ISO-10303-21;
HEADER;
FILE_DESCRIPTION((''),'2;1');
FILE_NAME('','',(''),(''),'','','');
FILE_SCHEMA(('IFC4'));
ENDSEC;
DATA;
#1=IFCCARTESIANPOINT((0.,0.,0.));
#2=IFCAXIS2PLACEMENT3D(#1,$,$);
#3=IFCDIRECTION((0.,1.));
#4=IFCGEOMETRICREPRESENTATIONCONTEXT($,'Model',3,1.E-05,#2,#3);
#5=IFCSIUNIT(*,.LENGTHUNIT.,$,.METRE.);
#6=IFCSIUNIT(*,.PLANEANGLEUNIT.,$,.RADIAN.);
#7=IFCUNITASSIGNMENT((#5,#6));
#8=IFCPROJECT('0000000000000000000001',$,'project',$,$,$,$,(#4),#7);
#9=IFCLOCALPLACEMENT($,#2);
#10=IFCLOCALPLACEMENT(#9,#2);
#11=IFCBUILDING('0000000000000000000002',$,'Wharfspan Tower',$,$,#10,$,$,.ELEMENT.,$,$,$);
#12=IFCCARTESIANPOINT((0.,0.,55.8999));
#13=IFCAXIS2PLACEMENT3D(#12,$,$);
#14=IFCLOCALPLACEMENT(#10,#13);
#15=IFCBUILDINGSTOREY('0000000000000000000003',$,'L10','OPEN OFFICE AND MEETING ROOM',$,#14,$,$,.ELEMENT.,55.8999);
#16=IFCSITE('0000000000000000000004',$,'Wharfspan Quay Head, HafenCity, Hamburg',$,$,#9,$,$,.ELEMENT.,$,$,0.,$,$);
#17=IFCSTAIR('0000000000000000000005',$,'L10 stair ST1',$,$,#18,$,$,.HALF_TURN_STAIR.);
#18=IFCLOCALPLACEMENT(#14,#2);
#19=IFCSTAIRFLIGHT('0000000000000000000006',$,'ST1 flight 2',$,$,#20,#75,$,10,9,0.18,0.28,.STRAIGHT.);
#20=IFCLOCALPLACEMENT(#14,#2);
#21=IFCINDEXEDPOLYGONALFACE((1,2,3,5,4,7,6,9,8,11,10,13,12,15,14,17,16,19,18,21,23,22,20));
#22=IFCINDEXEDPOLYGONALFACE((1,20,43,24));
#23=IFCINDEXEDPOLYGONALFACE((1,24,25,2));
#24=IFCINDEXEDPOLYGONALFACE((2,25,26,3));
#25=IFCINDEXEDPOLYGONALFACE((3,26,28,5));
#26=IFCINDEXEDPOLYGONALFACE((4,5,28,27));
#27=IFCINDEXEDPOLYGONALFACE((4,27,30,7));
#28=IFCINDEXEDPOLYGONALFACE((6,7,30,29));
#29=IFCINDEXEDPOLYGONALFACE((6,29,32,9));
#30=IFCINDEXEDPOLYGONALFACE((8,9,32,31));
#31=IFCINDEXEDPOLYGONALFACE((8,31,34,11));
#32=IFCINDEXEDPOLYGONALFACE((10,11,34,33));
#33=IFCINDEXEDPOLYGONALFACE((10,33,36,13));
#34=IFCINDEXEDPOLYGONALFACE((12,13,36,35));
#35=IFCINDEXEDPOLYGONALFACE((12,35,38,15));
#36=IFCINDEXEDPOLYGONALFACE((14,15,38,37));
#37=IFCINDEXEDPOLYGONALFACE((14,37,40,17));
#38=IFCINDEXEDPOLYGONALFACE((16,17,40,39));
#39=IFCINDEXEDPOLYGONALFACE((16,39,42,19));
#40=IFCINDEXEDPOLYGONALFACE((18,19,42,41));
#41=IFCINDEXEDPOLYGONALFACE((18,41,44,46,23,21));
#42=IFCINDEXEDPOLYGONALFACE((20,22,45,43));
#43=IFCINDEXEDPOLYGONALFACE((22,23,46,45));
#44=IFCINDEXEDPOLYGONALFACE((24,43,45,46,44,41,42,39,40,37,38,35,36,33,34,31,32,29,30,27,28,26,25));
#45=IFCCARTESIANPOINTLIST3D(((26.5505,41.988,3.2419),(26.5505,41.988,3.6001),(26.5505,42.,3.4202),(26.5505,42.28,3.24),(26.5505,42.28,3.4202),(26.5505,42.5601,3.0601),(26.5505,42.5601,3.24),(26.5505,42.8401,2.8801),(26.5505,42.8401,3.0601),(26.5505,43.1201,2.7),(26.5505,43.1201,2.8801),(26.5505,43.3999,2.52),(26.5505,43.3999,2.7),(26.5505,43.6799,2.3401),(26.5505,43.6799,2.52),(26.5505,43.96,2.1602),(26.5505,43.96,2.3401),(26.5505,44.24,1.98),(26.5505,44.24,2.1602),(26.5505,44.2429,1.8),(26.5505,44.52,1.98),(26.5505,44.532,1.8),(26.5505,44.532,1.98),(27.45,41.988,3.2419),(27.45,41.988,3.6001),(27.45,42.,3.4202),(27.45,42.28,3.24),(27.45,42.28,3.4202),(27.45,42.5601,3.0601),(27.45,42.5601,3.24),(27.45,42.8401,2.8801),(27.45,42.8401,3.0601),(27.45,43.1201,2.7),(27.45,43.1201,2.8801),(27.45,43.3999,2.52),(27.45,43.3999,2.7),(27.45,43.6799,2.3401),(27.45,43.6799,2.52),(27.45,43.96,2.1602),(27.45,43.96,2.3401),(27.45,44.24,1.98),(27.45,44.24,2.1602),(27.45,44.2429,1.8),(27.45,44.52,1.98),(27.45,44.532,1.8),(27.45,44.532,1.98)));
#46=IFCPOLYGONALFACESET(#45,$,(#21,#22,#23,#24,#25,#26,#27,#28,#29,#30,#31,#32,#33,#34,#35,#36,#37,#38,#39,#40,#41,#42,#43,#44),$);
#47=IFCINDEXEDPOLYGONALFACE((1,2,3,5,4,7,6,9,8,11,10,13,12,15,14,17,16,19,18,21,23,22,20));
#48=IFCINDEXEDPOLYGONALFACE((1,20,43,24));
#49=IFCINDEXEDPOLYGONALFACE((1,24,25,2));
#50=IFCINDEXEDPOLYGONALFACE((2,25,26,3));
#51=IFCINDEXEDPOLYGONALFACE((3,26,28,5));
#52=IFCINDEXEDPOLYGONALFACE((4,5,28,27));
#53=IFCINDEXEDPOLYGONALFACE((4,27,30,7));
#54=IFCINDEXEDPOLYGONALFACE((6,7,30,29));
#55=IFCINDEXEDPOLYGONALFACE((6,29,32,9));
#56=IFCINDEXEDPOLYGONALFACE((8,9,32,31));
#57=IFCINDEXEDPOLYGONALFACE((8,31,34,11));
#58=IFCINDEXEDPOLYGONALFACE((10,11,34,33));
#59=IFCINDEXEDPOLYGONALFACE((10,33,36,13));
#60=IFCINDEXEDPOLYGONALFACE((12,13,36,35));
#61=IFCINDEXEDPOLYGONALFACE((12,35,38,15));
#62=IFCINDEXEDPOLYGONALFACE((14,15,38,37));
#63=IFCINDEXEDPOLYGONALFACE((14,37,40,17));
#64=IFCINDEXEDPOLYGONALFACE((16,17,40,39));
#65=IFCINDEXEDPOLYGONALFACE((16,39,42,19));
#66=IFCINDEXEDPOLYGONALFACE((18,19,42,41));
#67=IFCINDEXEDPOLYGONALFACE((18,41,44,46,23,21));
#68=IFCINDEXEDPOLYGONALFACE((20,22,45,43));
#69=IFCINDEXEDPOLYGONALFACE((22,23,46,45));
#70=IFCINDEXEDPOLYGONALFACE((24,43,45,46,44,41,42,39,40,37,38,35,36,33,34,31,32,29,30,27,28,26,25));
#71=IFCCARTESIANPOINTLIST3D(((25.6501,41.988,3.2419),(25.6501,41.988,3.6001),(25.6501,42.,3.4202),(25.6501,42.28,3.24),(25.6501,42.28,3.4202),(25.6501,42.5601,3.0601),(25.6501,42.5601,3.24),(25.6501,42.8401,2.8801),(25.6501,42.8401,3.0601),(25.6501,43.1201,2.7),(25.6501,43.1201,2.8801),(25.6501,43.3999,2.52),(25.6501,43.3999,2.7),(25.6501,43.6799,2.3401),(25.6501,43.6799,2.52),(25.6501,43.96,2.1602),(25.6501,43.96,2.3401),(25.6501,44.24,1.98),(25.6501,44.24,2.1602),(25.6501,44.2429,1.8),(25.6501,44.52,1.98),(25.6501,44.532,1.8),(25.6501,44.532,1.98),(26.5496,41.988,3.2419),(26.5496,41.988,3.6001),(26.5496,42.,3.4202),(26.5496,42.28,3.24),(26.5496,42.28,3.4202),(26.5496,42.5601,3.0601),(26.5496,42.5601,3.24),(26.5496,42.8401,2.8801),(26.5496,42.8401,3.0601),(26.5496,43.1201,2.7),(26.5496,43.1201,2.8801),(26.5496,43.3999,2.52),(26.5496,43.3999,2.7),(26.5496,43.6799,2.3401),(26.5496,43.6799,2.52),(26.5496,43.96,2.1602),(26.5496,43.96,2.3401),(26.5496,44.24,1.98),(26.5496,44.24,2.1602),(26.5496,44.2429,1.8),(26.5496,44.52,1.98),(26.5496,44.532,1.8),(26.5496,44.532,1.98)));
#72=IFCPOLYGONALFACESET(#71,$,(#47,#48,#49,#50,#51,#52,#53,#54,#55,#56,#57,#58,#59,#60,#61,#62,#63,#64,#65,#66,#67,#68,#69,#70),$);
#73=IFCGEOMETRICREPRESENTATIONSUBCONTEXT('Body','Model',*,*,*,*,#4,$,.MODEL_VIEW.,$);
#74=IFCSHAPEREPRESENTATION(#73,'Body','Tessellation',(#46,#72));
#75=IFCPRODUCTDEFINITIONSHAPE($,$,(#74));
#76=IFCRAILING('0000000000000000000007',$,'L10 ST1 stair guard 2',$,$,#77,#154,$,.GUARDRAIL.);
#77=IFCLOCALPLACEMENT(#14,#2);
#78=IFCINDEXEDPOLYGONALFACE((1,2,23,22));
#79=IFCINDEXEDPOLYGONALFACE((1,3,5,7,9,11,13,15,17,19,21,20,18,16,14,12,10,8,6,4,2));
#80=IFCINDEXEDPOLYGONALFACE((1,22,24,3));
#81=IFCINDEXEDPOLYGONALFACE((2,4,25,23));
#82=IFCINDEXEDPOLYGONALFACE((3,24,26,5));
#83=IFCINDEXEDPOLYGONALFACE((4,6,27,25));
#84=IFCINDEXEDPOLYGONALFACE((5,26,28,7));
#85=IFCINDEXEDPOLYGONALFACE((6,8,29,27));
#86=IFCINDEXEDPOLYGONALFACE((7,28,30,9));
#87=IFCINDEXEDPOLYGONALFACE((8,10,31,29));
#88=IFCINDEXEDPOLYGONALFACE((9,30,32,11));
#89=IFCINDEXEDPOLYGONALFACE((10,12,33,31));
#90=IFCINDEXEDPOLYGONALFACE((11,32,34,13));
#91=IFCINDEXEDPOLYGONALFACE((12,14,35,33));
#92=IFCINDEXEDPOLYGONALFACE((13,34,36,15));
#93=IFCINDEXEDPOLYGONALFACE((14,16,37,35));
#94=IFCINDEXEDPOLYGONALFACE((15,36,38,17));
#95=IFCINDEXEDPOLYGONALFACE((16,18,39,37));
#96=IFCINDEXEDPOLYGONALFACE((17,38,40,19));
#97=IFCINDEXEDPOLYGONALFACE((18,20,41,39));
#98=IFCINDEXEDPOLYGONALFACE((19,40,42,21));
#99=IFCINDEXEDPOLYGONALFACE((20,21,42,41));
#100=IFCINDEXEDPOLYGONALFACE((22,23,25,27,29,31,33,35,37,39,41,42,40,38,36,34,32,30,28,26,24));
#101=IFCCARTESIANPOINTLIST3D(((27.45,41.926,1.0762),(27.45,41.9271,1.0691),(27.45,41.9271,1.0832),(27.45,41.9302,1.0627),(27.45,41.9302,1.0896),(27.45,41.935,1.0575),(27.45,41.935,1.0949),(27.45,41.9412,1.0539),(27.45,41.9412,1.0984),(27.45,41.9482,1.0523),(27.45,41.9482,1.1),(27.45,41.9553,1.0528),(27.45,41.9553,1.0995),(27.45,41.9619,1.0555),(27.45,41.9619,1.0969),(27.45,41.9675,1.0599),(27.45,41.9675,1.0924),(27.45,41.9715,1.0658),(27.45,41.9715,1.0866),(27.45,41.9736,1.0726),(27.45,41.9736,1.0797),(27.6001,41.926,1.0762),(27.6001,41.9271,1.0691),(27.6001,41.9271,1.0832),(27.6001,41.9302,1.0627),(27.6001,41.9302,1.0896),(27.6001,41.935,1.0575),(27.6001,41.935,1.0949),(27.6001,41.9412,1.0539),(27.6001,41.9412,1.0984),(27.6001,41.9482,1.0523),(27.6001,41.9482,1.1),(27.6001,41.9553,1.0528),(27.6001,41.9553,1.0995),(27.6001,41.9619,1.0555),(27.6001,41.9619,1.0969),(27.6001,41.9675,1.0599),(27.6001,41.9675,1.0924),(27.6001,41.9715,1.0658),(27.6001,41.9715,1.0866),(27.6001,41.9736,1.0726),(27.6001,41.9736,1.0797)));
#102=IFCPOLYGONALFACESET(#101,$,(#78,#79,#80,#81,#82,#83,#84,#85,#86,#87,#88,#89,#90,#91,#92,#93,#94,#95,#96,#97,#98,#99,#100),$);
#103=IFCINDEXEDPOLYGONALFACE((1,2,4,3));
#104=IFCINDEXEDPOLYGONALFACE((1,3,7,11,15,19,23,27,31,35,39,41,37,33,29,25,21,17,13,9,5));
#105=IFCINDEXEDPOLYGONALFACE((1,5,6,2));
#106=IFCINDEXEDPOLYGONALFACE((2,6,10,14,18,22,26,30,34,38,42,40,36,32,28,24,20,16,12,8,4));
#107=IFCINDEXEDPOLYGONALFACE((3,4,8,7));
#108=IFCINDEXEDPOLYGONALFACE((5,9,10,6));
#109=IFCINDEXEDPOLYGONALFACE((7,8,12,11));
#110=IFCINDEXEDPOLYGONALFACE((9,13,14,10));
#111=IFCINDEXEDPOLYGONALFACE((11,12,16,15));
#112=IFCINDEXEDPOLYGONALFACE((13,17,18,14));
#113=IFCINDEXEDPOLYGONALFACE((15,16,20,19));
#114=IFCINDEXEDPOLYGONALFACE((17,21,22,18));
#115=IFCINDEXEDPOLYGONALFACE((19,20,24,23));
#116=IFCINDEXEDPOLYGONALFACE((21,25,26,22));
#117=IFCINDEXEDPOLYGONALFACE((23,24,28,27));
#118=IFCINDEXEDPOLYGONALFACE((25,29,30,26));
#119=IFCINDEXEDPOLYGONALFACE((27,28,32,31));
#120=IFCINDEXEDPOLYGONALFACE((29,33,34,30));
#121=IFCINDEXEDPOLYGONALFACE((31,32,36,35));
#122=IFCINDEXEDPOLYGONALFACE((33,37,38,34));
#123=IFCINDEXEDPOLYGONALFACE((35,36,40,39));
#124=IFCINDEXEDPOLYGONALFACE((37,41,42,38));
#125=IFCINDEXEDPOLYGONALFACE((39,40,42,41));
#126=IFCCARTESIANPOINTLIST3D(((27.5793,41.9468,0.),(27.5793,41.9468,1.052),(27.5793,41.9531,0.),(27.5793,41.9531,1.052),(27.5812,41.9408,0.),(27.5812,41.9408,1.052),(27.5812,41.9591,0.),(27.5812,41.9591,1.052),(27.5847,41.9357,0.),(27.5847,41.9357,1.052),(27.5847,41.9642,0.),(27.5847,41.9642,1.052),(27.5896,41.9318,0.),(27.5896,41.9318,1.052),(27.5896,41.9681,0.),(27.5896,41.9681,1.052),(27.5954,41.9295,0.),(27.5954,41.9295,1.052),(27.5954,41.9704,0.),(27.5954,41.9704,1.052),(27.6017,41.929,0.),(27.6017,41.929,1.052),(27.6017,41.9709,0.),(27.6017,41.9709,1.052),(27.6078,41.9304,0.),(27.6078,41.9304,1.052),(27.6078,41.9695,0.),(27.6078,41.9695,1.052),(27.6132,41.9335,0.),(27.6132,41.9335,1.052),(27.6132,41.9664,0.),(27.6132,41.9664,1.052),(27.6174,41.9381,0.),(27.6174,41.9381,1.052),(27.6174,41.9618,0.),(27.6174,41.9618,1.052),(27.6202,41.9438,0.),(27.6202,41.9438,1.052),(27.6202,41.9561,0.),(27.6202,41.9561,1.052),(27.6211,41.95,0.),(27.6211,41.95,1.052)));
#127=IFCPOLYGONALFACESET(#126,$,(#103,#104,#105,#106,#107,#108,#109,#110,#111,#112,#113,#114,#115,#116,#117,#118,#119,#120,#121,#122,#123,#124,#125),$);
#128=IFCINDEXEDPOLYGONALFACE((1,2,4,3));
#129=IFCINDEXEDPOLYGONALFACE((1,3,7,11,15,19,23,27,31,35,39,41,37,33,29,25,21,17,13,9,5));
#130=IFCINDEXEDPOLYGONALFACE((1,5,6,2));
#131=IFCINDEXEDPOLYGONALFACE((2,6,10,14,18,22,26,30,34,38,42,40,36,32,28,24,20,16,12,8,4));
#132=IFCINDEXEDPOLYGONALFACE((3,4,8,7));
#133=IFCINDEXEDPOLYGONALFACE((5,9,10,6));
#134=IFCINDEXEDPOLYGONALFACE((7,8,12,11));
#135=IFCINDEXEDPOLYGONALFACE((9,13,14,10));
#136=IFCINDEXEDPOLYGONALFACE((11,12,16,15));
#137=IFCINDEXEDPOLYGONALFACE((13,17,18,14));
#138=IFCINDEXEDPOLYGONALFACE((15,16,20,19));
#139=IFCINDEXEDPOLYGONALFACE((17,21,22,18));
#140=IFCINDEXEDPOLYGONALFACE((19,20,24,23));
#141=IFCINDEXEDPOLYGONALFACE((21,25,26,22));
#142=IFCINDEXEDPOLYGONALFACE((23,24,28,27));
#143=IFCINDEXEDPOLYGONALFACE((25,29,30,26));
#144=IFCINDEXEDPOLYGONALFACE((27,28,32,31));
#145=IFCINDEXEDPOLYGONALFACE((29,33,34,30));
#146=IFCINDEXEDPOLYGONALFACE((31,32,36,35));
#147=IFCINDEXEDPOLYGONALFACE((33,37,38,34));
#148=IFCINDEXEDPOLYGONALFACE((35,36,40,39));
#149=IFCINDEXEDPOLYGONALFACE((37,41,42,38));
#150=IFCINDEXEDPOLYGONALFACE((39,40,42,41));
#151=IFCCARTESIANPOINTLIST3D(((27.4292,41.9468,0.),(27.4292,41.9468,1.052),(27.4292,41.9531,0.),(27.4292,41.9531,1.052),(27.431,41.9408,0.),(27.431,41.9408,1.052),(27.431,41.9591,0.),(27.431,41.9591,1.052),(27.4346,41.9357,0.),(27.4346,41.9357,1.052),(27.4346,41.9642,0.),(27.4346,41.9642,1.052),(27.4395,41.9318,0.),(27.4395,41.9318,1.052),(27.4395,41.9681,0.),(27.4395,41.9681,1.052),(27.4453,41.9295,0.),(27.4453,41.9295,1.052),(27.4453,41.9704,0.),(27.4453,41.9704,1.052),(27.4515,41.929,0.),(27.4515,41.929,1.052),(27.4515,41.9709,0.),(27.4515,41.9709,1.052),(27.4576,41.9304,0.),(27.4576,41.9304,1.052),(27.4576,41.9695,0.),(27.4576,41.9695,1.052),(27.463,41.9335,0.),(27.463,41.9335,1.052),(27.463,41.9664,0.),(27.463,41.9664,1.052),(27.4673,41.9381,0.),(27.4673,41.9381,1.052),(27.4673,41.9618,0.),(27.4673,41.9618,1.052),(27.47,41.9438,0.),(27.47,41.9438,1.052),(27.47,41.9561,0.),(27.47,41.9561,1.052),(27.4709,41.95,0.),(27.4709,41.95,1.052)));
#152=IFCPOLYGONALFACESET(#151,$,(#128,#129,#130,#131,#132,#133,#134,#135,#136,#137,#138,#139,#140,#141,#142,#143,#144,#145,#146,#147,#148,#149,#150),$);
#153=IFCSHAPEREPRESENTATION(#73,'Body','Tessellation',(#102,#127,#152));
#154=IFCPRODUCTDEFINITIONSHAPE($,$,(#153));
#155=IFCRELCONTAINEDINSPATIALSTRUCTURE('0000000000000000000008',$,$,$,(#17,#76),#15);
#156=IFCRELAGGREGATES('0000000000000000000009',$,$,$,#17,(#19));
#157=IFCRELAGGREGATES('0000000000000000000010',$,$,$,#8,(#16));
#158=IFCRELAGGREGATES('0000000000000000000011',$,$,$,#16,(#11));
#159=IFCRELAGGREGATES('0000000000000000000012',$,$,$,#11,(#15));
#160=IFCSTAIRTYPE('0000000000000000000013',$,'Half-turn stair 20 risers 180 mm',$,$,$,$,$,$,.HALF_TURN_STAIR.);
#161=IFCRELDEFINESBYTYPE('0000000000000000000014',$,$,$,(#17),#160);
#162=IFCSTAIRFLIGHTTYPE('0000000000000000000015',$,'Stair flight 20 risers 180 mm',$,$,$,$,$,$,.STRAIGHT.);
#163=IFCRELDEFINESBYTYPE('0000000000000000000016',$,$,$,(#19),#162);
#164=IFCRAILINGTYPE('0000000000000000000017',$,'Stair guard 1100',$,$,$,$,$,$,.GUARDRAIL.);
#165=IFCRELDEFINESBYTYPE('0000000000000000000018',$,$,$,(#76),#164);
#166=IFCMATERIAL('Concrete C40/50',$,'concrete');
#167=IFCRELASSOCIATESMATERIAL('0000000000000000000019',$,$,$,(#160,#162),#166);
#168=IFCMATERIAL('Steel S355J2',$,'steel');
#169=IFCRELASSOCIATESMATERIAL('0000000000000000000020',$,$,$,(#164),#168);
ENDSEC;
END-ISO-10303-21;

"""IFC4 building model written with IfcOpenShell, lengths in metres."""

from ifc_helpers import new_model, si_unit, direction, frame, origin, origin_2d, place, context, subcontext, project, spatial, polyline, circle, outline, extrude, material, type_object, element, aggregate, save


model = new_model("IFC4")

# Units and contexts
model_context = context("Model", 3, precision=1e-05, world=origin(), true_north=direction((0.0, 1.0)))
body_context = subcontext(model_context, "Body", "Model", "MODEL_VIEW")
ifc_project = project(units=[si_unit("LENGTHUNIT", "METRE"), si_unit("PLANEANGLEUNIT", "RADIAN")], contexts=[model_context])

# Site, building, storey
site_placement = place(None, origin())
site = spatial("IfcSite", under=ifc_project, at=site_placement, Name="Wharfspan Quay Head, HafenCity, Hamburg", CompositionType="ELEMENT", RefElevation=0.0)
building_placement = place(site_placement, origin())
building = spatial("IfcBuilding", under=site, at=building_placement, Name="Wharfspan Tower", CompositionType="ELEMENT")
storey_placement = place(building_placement, frame((0.0, 0.0, 55.8999)))
storey = spatial("IfcBuildingStorey", under=building, at=storey_placement, Name="L10", Description="OPEN OFFICE AND MEETING ROOM", CompositionType="ELEMENT", Elevation=55.8999)

# Shared definitions
ifc_material_1 = material(Name="Steel S355J2", Category="steel")

# Shared definitions
ifc_material_2 = material(Name="Concrete C40/50", Category="concrete")

# Stair, stair flight
stair_type = type_object("IfcStairType", Name="Half-turn stair 20 risers 180 mm", PredefinedType="HALF_TURN_STAIR", material=ifc_material_2)
stair_placement = place(storey_placement, origin())
stair = element("IfcStair", 1, at=stair_placement, inside=storey, type_object=stair_type, Name="L10 stair ST1", PredefinedType="HALF_TURN_STAIR")
stair_flight_type = type_object("IfcStairFlightType", Name="Stair flight 20 risers 180 mm", PredefinedType="STRAIGHT", material=ifc_material_2)
stair_flight_placement = place(storey_placement, frame((26.55, 44.52, 1.8), z_axis=(0.0, 0.0, 1.0), x_axis=(0.0, -1.0, 0.0)))
stair_flight = element("IfcStairFlight", 2, at=stair_flight_placement, type_object=stair_flight_type, Name="ST1 flight 2", NumberOfRisers=10, NumberOfTreads=9, PredefinedType="STRAIGHT", RiserHeight=0.18, TreadLength=0.28, context=body_context, shape_type="SweptSolid", body=[
    extrude(outline(polyline([(-0.012, 0.0), (-0.012, 0.1799), (0.0, 0.1799), (0.28, 0.1799), (0.28, 0.3601), (0.5601, 0.3601), (0.5601, 0.54), (0.8401, 0.54), (0.8401, 0.72), (1.1201, 0.72), (1.1201, 0.8999), (1.3999, 0.8999), (1.3999, 1.0801), (1.6799, 1.0801), (1.6799, 1.26), (1.96, 1.26), (1.96, 1.4399), (2.24, 1.4399), (2.24, 1.6201), (2.52, 1.6201), (2.532, 1.8), (2.532, 1.4419), (0.2771, 0.0), (-0.012, 0.0)])), frame((0.0, 0.8999, 0.0), z_axis=(0.0, -1.0, 0.0), x_axis=(1.0, 0.0, 0.0)), (0.0, 0.0, 1.0), 0.8994),
    extrude(outline(polyline([(-0.012, 0.0), (-0.012, 0.1799), (0.0, 0.1799), (0.28, 0.1799), (0.28, 0.3601), (0.5601, 0.3601), (0.5601, 0.54), (0.8401, 0.54), (0.8401, 0.72), (1.1201, 0.72), (1.1201, 0.8999), (1.3999, 0.8999), (1.3999, 1.0801), (1.6799, 1.0801), (1.6799, 1.26), (1.96, 1.26), (1.96, 1.4399), (2.24, 1.4399), (2.24, 1.6201), (2.52, 1.6201), (2.532, 1.8), (2.532, 1.4419), (0.2771, 0.0), (-0.012, 0.0)])), frame((0.0, -0.0005, 0.0), z_axis=(0.0, -1.0, 0.0), x_axis=(1.0, 0.0, 0.0)), (0.0, 0.0, 1.0), 0.8994),
])
aggregate(stair, [stair_flight])

# Railing
railing_type_1 = type_object("IfcRailingType", Name="Stair guard 1100", PredefinedType="GUARDRAIL", material=ifc_material_1)
railing_1_placement = place(storey_placement, frame((27.6001, 41.95, 0.0)))
element("IfcRailing", 3, at=railing_1_placement, inside=storey, type_object=railing_type_1, Name="L10 ST1 stair guard 2", PredefinedType="GUARDRAIL", context=body_context, shape_type="SweptSolid", body=[
    extrude(circle(Radius=0.0239, at=origin_2d()), frame((0.0, 0.0, 1.0762), z_axis=(-1.0, 0.0, 0.0), x_axis=(0.0, -1.0, 0.0)), (0.0, 0.0, 1.0), 0.1501),
    extrude(circle(Radius=0.021, at=origin_2d()), origin(), (0.0, 0.0, 1.0), 1.052),
    extrude(circle(Radius=0.021, at=origin_2d()), frame((-0.1501, 0.0, 0.0)), (0.0, 0.0, 1.0), 1.052),
])

save(model, "model.ifc")
